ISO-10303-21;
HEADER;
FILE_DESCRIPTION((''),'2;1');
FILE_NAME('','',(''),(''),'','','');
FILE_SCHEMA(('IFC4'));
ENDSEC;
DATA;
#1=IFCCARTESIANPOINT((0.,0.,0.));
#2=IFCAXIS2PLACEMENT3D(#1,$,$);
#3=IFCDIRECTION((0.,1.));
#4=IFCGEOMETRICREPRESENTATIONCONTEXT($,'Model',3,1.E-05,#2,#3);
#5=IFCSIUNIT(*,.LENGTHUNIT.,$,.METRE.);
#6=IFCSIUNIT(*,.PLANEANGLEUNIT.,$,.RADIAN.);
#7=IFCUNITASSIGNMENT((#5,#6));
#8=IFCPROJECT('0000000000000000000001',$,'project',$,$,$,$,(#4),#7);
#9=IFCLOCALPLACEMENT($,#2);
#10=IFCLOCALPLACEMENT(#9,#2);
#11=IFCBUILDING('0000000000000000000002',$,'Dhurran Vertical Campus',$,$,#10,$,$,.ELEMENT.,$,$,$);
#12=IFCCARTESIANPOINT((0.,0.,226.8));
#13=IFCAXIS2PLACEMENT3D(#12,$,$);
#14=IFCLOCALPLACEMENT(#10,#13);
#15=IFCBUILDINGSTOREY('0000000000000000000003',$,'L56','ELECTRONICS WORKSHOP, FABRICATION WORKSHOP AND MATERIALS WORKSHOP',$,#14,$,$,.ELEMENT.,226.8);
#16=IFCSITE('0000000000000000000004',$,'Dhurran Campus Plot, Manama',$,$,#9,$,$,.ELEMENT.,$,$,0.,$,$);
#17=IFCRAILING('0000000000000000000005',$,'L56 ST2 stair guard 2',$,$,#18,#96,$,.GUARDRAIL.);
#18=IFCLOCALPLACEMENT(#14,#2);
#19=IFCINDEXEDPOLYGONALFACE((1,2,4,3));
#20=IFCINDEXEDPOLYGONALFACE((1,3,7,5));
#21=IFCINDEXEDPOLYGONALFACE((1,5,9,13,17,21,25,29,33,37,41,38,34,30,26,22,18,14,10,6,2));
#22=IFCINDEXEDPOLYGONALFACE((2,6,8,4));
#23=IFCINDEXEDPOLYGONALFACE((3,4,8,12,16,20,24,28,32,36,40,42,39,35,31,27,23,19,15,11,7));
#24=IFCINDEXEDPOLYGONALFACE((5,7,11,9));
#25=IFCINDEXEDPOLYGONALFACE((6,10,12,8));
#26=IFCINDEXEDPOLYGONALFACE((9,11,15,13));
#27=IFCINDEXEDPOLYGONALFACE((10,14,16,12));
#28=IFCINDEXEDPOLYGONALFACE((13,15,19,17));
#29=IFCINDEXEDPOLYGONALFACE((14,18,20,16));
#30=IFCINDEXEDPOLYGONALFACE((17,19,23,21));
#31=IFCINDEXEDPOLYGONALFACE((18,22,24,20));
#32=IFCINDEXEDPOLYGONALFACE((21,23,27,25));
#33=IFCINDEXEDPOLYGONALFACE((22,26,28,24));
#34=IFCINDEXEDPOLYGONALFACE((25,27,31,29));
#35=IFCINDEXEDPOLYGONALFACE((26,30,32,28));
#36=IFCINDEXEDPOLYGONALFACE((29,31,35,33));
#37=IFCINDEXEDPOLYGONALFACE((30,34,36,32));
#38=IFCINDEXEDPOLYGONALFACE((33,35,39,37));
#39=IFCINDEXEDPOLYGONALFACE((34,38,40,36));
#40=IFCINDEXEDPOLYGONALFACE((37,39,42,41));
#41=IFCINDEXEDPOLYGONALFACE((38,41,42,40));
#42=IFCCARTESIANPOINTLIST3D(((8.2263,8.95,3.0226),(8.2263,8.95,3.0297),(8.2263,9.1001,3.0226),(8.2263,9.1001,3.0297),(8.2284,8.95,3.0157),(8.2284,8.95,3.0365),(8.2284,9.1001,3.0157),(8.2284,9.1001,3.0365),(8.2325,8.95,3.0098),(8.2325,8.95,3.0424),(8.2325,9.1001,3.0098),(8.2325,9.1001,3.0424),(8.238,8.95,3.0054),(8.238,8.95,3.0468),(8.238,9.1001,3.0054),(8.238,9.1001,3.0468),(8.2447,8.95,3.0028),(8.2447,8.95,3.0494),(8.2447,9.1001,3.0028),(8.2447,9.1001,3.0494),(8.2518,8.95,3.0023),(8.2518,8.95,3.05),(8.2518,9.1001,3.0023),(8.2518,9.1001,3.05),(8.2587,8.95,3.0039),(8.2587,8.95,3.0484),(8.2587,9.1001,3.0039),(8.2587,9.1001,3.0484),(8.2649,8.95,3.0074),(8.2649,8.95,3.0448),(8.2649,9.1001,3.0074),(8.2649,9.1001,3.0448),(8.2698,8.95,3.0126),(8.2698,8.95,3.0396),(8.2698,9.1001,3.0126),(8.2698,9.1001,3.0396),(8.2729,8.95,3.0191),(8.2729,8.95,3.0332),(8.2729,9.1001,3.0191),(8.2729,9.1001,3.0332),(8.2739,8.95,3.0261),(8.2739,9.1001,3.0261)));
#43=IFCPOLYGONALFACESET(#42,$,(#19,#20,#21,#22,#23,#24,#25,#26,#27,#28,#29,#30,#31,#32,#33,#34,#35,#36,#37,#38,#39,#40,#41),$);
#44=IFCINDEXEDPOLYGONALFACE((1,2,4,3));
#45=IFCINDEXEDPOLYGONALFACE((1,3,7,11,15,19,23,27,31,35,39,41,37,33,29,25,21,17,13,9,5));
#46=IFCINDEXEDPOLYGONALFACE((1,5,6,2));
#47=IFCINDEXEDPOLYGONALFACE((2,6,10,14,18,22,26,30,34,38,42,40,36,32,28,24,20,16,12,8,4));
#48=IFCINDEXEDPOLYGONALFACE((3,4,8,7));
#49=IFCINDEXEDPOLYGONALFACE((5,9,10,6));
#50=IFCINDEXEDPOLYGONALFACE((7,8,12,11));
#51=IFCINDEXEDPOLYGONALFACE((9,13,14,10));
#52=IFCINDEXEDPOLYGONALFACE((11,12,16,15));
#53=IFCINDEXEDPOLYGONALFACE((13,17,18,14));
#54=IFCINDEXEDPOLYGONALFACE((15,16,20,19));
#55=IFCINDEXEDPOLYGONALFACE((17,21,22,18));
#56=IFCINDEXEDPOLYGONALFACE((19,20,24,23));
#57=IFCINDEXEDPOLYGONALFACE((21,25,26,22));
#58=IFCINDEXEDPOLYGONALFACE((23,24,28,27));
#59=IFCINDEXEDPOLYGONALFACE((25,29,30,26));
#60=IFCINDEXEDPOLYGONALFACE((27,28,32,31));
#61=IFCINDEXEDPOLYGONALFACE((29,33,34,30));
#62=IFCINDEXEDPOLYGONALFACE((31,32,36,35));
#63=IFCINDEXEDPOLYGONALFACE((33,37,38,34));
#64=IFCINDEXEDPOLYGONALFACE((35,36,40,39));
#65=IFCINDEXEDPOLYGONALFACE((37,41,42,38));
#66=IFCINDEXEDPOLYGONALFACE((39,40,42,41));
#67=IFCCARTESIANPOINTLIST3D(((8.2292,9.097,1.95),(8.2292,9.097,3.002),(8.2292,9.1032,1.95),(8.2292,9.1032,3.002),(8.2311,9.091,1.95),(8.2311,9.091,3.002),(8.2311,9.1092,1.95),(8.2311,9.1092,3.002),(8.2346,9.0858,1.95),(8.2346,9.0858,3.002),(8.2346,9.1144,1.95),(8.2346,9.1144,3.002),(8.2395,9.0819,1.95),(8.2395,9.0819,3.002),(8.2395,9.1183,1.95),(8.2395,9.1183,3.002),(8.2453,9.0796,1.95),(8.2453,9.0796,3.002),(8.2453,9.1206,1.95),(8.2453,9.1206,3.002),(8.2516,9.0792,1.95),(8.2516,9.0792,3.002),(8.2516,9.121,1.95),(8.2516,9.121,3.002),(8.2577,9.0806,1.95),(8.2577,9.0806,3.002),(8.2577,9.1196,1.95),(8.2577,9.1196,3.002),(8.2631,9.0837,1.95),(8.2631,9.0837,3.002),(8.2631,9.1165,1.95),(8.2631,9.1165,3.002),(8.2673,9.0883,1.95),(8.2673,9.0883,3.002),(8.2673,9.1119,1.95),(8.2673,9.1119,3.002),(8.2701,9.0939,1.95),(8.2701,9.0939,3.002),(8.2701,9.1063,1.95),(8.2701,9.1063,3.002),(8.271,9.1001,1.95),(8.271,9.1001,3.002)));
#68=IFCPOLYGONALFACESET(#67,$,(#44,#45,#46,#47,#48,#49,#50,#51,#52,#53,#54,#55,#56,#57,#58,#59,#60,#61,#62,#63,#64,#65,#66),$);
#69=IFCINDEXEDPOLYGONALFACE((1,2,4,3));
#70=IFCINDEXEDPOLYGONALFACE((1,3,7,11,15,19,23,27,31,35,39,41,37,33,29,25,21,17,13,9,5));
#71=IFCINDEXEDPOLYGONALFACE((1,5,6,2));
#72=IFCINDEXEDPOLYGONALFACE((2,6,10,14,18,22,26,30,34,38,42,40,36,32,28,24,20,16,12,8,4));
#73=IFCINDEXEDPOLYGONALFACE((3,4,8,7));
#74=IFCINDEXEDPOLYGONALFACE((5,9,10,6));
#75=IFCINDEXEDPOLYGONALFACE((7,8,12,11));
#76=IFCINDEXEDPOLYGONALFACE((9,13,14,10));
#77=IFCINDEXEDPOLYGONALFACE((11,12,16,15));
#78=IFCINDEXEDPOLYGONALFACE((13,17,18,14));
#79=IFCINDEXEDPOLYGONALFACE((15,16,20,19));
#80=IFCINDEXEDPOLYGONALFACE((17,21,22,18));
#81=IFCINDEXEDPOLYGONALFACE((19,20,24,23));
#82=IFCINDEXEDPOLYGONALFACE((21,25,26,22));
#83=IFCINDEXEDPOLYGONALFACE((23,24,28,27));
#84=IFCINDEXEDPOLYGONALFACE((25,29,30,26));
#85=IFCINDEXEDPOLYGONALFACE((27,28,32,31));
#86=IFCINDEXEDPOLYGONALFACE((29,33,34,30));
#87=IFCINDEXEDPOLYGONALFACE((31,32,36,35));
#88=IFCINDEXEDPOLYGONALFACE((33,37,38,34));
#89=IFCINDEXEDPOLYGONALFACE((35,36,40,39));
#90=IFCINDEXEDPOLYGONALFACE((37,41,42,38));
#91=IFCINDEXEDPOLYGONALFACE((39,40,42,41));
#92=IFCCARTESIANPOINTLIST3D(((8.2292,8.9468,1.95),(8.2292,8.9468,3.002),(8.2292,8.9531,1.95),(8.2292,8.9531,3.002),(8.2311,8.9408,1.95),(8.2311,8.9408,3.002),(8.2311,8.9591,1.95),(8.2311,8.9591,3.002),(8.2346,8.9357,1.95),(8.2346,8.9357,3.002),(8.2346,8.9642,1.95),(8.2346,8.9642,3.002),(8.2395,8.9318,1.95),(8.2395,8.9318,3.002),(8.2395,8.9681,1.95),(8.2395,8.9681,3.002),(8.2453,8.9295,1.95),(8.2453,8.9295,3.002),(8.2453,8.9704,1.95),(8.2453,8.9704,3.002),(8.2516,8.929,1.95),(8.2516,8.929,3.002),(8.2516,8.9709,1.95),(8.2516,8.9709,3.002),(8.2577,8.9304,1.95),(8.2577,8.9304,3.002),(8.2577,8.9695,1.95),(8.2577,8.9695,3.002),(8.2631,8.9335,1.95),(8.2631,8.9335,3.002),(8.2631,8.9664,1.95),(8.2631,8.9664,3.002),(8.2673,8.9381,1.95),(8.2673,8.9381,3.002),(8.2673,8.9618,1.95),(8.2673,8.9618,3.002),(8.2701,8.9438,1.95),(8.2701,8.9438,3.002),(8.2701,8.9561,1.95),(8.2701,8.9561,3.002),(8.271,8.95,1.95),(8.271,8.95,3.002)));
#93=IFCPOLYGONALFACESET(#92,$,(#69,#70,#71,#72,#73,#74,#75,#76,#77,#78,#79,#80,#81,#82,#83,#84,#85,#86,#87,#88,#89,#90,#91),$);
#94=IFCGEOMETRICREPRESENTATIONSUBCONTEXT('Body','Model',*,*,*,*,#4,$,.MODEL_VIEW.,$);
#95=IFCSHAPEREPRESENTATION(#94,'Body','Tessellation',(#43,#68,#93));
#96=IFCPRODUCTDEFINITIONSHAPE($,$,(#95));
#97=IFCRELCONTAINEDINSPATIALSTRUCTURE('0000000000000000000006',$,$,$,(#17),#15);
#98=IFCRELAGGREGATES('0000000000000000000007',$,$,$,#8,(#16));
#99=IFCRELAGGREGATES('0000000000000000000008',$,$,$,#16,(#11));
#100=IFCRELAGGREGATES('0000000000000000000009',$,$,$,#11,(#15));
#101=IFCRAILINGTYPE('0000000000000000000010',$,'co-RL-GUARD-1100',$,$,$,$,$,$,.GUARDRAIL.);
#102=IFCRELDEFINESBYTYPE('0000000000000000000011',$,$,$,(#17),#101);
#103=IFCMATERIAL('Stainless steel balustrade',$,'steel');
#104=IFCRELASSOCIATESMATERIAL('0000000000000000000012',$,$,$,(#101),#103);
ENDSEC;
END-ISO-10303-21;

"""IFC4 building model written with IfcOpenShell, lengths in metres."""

from ifc_helpers import new_model, si_unit, direction, frame, origin, origin_2d, place, context, subcontext, project, spatial, circle, extrude, material, type_object, element, save


model = new_model("IFC4")

# Units and contexts
model_context = context("Model", 3, precision=1e-05, world=origin(), true_north=direction((0.0, 1.0)))
body_context = subcontext(model_context, "Body", "Model", "MODEL_VIEW")
ifc_project = project(units=[si_unit("LENGTHUNIT", "METRE"), si_unit("PLANEANGLEUNIT", "RADIAN")], contexts=[model_context])

# Site, building, storey
site_placement = place(None, origin())
site = spatial("IfcSite", under=ifc_project, at=site_placement, Name="Dhurran Campus Plot, Manama", CompositionType="ELEMENT", RefElevation=0.0)
building_placement = place(site_placement, origin())
building = spatial("IfcBuilding", under=site, at=building_placement, Name="Dhurran Vertical Campus", CompositionType="ELEMENT")
storey_placement = place(building_placement, frame((0.0, 0.0, 226.8)))
storey = spatial("IfcBuildingStorey", under=building, at=storey_placement, Name="L56", Description="ELECTRONICS WORKSHOP, FABRICATION WORKSHOP AND MATERIALS WORKSHOP", CompositionType="ELEMENT", Elevation=226.8)

# Railing
ifc_material_1 = material(Name="Stainless steel balustrade", Category="steel")
railing_type_1 = type_object("IfcRailingType", Name="co-RL-GUARD-1100", PredefinedType="GUARDRAIL", material=ifc_material_1)
railing_1_placement = place(storey_placement, frame((8.25, 9.1001, 1.95)))
element("IfcRailing", 1, at=railing_1_placement, inside=storey, type_object=railing_type_1, Name="L56 ST2 stair guard 2", PredefinedType="GUARDRAIL", context=body_context, shape_type="SweptSolid", body=[
    extrude(circle(Radius=0.0239, at=origin_2d()), frame((0.0, 0.0, 1.0762), z_axis=(0.0, -1.0, 0.0), x_axis=(1.0, 0.0, 0.0)), (0.0, 0.0, 1.0), 0.1501),
    extrude(circle(Radius=0.021, at=origin_2d()), origin(), (0.0, 0.0, 1.0), 1.052),
    extrude(circle(Radius=0.021, at=origin_2d()), frame((0.0, -0.1501, 0.0)), (0.0, 0.0, 1.0), 1.052),
])

save(model, "model.ifc")
